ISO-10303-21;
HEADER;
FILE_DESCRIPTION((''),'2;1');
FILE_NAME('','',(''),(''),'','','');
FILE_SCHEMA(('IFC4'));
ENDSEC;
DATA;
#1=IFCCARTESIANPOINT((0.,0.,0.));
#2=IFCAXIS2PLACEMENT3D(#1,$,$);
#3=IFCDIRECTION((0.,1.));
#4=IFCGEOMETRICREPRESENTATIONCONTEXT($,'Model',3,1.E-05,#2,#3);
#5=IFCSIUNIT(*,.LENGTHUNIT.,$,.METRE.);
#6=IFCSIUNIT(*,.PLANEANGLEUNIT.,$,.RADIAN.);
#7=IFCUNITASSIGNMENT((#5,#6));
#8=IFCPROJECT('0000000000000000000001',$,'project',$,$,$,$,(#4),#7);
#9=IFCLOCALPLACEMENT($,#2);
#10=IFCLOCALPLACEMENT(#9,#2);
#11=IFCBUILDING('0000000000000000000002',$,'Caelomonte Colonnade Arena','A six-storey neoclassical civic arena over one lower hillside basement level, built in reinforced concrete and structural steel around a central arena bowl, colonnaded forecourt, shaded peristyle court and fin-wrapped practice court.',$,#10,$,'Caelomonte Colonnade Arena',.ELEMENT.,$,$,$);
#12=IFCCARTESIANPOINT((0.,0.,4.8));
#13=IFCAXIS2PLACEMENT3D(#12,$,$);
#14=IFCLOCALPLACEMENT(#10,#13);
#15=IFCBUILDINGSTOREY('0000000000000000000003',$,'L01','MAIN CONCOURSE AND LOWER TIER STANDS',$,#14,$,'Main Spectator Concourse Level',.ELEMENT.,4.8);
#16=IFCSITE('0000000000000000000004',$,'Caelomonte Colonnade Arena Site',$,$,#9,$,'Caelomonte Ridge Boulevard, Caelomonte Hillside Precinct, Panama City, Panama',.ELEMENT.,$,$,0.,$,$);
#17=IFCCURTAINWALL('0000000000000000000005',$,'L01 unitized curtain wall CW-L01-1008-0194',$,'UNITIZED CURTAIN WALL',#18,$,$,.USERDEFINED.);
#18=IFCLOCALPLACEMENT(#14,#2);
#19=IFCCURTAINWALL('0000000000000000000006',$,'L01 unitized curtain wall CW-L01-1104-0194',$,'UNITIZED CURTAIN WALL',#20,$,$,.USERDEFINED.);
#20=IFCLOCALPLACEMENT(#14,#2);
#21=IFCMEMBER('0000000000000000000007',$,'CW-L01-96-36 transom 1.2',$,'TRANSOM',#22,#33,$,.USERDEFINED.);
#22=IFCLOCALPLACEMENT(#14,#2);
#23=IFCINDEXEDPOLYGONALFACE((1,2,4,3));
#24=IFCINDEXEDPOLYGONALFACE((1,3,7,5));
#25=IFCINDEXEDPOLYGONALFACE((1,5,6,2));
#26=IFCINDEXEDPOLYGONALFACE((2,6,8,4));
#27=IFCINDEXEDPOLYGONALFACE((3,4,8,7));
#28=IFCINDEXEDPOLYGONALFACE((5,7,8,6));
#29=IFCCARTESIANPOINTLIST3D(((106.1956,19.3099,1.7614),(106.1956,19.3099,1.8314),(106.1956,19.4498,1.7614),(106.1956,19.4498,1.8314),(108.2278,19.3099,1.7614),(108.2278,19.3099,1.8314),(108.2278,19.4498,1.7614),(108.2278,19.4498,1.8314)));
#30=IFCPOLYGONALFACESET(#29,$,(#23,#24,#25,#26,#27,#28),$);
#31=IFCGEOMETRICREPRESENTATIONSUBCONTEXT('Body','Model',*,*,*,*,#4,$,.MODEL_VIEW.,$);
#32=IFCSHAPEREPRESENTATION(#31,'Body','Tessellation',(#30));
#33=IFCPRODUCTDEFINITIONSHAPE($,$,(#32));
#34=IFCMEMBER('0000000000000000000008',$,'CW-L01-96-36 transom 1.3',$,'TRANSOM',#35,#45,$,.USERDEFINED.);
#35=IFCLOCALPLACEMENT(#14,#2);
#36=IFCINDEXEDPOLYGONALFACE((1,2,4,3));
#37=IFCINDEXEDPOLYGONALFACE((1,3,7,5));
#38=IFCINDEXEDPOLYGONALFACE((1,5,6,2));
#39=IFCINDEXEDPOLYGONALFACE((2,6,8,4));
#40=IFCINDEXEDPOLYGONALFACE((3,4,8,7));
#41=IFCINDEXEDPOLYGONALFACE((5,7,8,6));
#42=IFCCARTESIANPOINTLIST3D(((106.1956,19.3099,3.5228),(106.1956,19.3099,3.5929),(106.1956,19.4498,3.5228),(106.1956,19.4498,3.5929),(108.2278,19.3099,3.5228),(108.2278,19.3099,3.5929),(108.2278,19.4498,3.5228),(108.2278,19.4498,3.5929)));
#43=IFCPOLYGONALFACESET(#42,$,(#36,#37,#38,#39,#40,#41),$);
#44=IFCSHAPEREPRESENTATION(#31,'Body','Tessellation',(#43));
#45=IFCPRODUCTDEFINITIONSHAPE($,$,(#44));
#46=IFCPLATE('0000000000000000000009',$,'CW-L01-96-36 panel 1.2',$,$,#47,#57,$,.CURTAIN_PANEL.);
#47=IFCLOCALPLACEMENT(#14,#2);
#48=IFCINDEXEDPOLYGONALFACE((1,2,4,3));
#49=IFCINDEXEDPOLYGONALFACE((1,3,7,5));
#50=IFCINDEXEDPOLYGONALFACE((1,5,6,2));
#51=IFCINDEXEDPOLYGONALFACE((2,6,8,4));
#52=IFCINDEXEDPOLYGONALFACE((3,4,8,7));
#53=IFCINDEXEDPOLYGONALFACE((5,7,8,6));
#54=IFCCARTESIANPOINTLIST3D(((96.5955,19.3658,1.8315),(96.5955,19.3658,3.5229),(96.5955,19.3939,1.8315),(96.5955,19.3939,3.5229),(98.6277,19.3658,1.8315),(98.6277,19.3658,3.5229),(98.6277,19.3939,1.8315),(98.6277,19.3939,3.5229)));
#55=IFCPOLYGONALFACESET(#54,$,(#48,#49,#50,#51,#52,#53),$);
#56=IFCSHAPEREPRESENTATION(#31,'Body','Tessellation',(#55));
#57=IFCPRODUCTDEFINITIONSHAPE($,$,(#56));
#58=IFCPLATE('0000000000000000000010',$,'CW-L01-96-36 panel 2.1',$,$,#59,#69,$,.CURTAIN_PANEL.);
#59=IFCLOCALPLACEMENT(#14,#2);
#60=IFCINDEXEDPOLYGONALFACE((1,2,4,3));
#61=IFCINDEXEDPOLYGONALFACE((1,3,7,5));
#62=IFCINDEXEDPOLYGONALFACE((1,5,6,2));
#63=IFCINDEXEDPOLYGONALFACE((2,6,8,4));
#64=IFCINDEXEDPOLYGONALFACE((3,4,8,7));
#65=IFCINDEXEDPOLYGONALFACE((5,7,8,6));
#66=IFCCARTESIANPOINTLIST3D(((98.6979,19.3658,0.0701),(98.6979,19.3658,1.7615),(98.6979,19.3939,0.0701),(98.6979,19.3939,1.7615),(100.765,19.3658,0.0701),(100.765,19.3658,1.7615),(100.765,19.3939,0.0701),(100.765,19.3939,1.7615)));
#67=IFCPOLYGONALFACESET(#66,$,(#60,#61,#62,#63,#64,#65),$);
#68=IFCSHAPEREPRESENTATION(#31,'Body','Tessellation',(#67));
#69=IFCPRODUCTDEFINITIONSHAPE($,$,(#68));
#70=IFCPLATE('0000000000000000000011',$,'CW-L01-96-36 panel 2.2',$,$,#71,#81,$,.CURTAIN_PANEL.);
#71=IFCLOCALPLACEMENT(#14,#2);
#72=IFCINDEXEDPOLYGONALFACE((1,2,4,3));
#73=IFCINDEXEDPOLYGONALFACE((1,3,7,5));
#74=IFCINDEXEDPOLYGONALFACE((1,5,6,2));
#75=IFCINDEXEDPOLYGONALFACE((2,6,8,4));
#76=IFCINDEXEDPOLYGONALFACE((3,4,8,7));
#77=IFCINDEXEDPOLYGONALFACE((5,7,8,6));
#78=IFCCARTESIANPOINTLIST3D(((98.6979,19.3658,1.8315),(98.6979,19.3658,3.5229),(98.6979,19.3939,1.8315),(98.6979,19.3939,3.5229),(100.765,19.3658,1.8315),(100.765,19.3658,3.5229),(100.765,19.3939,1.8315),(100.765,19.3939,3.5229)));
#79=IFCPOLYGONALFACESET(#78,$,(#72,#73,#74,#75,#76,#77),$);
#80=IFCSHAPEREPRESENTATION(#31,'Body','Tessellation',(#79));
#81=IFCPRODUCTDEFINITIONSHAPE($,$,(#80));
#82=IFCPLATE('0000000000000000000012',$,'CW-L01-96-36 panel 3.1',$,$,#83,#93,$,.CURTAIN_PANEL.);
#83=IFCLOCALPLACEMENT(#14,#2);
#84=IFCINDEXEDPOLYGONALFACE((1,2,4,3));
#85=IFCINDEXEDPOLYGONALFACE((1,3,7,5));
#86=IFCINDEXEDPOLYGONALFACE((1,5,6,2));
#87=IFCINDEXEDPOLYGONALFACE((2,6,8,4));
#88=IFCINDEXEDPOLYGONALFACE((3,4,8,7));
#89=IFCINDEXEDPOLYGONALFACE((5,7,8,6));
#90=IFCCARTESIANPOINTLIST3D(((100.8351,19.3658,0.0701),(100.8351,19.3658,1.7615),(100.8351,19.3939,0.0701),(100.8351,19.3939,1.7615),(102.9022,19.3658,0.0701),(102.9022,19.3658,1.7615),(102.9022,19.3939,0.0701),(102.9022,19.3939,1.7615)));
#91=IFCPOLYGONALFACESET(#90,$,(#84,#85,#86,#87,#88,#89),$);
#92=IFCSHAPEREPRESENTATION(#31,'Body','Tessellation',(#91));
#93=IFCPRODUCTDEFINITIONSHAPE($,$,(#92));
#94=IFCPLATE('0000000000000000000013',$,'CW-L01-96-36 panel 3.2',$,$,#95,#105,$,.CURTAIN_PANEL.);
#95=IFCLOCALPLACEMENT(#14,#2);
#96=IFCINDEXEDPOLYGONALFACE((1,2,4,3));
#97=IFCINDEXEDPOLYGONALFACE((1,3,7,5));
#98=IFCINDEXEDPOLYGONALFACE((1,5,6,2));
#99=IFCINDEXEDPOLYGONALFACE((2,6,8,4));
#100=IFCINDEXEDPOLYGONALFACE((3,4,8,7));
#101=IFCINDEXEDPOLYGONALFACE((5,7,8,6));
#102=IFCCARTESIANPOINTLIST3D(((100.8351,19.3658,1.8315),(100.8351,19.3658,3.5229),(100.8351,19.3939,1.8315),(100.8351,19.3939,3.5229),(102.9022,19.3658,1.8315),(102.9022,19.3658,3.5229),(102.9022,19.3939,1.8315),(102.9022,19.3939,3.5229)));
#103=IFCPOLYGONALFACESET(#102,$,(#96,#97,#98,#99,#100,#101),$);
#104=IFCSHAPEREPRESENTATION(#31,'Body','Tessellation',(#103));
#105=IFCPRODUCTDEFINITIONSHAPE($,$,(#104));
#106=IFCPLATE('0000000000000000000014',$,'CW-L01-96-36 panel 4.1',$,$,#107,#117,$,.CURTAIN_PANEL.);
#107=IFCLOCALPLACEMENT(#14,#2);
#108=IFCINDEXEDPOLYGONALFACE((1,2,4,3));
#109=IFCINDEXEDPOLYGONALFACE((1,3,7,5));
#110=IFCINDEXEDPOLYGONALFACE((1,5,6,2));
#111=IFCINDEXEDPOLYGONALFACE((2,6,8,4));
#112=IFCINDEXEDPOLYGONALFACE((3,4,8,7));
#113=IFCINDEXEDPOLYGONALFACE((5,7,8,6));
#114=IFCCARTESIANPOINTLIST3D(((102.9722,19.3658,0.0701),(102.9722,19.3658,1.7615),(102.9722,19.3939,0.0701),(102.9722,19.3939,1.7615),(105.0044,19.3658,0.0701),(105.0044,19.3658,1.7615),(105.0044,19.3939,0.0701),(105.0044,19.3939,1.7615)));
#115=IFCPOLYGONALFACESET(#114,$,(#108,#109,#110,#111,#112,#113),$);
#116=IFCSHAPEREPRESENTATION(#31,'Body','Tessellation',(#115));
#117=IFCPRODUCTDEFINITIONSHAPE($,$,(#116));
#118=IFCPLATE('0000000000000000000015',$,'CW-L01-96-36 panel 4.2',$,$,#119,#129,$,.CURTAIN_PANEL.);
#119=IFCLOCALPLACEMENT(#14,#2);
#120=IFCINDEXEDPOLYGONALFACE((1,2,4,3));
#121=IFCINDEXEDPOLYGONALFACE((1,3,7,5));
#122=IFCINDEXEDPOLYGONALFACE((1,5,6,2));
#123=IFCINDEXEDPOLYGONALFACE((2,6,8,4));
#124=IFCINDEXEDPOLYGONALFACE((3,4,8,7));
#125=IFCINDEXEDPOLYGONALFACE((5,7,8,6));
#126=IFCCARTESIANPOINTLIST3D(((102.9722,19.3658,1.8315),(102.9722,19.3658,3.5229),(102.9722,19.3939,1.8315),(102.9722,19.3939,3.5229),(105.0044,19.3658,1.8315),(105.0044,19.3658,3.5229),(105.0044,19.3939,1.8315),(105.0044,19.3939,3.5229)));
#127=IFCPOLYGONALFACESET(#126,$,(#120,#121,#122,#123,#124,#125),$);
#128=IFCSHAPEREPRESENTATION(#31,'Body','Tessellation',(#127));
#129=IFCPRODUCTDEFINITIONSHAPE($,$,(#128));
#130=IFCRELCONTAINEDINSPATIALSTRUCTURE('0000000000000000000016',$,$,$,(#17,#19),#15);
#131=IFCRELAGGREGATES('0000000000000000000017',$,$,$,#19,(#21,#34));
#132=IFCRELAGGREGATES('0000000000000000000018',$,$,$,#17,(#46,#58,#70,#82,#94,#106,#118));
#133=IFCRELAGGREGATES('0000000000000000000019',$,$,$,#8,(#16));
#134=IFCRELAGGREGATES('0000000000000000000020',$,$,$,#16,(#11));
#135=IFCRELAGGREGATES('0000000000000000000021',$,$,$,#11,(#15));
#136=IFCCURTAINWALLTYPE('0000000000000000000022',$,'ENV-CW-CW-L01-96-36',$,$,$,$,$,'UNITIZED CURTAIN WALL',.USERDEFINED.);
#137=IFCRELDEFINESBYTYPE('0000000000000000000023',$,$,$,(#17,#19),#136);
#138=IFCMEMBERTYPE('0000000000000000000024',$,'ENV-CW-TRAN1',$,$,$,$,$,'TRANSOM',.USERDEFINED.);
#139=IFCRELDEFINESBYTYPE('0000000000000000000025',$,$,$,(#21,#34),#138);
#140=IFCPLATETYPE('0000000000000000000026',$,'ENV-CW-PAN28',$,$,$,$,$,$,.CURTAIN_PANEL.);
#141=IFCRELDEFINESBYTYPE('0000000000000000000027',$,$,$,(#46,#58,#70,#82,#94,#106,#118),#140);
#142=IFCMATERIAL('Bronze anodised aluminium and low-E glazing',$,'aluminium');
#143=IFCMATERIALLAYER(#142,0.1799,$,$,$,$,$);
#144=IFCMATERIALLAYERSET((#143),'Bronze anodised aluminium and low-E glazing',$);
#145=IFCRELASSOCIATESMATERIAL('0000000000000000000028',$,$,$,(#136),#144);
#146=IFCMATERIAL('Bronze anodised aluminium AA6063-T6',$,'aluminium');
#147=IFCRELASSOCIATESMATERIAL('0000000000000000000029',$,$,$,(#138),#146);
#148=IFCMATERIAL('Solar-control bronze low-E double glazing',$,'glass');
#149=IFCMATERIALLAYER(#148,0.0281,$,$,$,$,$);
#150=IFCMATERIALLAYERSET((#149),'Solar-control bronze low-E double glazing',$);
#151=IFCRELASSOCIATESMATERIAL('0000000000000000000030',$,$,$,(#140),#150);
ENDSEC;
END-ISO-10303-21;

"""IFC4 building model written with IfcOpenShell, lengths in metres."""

from ifc_helpers import new_model, si_unit, direction, frame, origin, origin_2d, place, context, subcontext, project, spatial, rectangle, extrude, material, layer, layer_set, material_profile, profile_set, type_object, element, aggregate, save


model = new_model("IFC4")

# Units and contexts
model_context = context("Model", 3, precision=1e-05, world=origin(), true_north=direction((0.0, 1.0)))
body_context = subcontext(model_context, "Body", "Model", "MODEL_VIEW")
ifc_project = project(units=[si_unit("LENGTHUNIT", "METRE"), si_unit("PLANEANGLEUNIT", "RADIAN")], contexts=[model_context])

# Site, building, storey
site_placement = place(None, origin())
site = spatial("IfcSite", under=ifc_project, at=site_placement, Name="Caelomonte Colonnade Arena Site", LongName="Caelomonte Ridge Boulevard, Caelomonte Hillside Precinct, Panama City, Panama", CompositionType="ELEMENT", RefElevation=0.0)
building_placement = place(site_placement, origin())
building = spatial("IfcBuilding", under=site, at=building_placement, Name="Caelomonte Colonnade Arena", Description="A six-storey neoclassical civic arena over one lower hillside basement level, built in reinforced concrete and structural steel around a central arena bowl, colonnaded forecourt, shaded peristyle court and fin-wrapped practice court.", LongName="Caelomonte Colonnade Arena", CompositionType="ELEMENT")
storey_placement = place(building_placement, frame((0.0, 0.0, 4.8)))
storey = spatial("IfcBuildingStorey", under=building, at=storey_placement, Name="L01", Description="MAIN CONCOURSE AND LOWER TIER STANDS", LongName="Main Spectator Concourse Level", CompositionType="ELEMENT", Elevation=4.8)

# Curtain wall
ifc_material_1 = material(Name="Bronze anodised aluminium and low-E glazing", Category="aluminium")
ifc_layer_1 = layer(ifc_material_1, 0.1799)
ifc_layer_set_1 = layer_set([ifc_layer_1], Name="Bronze anodised aluminium and low-E glazing")
curtain_wall_type = type_object("IfcCurtainWallType", Name="ENV-CW-CW-L01-96-36", ElementType="UNITIZED CURTAIN WALL", PredefinedType="USERDEFINED", material=ifc_layer_set_1)
curtain_wall_1_placement = place(storey_placement, origin())
curtain_wall_1 = element("IfcCurtainWall", 1, at=curtain_wall_1_placement, inside=storey, type_object=curtain_wall_type, Name="L01 unitized curtain wall CW-L01-1008-0194", ObjectType="UNITIZED CURTAIN WALL", PredefinedType="USERDEFINED")
ifc_material_2 = material(Name="Bronze anodised aluminium AA6063-T6", Category="aluminium")

# Curtain wall
curtain_wall_2_placement = place(storey_placement, origin())
curtain_wall_2 = element("IfcCurtainWall", 2, at=curtain_wall_2_placement, inside=storey, type_object=curtain_wall_type, Name="L01 unitized curtain wall CW-L01-1104-0194", ObjectType="UNITIZED CURTAIN WALL", PredefinedType="USERDEFINED")

# Members
ifc_material_profile_1 = material_profile(ifc_material_2, rectangle(XDim=0.0701, YDim=0.1399, at=origin_2d()), Name="CWT-70X140")
ifc_profile_set_1 = profile_set([ifc_material_profile_1], Name="Bronze anodised aluminium AA6063-T6")
member_type_1 = type_object("IfcMemberType", Name="ENV-CW-TRAN1", ElementType="TRANSOM", PredefinedType="USERDEFINED", material=ifc_profile_set_1)
member_1_placement = place(storey_placement, frame((106.1956, 19.3799, 1.7964), z_axis=(1.0, 0.0, 0.0), x_axis=(0.0, 0.0, 1.0)))
member_1 = element("IfcMember", 3, at=member_1_placement, type_object=member_type_1, Name="CW-L01-96-36 transom 1.2", ObjectType="TRANSOM", PredefinedType="USERDEFINED", context=body_context, shape_type="SweptSolid", body=[
    extrude(rectangle(XDim=0.0701, YDim=0.1399, at=origin_2d()), origin(), (0.0, 0.0, 1.0), 2.0322),
])
member_2_placement = place(storey_placement, frame((106.1956, 19.3799, 3.5579), z_axis=(1.0, 0.0, 0.0), x_axis=(0.0, 0.0, 1.0)))
member_2 = element("IfcMember", 4, at=member_2_placement, type_object=member_type_1, Name="CW-L01-96-36 transom 1.3", ObjectType="TRANSOM", PredefinedType="USERDEFINED", context=body_context, shape_type="SweptSolid", body=[
    extrude(rectangle(XDim=0.0701, YDim=0.1399, at=origin_2d()), origin(), (0.0, 0.0, 1.0), 2.0322),
])
aggregate(curtain_wall_2, [member_1, member_2])

# Plates
ifc_material_3 = material(Name="Solar-control bronze low-E double glazing", Category="glass")
ifc_layer_2 = layer(ifc_material_3, 0.0281)
ifc_layer_set_2 = layer_set([ifc_layer_2], Name="Solar-control bronze low-E double glazing")
plate_type = type_object("IfcPlateType", Name="ENV-CW-PAN28", PredefinedType="CURTAIN_PANEL", material=ifc_layer_set_2)
plate_1_placement = place(storey_placement, frame((97.6116, 19.3799, 1.8315), z_axis=(0.0, 0.0, 1.0), x_axis=(1.0, 0.0, 0.0)))
plate_1 = element("IfcPlate", 5, at=plate_1_placement, type_object=plate_type, Name="CW-L01-96-36 panel 1.2", PredefinedType="CURTAIN_PANEL", context=body_context, shape_type="SweptSolid", body=[
    extrude(rectangle(XDim=2.0322, YDim=0.0281, at=origin_2d()), origin(), (0.0, 0.0, 1.0), 1.6914),
])
plate_2_placement = place(storey_placement, frame((99.7314, 19.3799, 0.0701), z_axis=(0.0, 0.0, 1.0), x_axis=(1.0, 0.0, 0.0)))
plate_2 = element("IfcPlate", 6, at=plate_2_placement, type_object=plate_type, Name="CW-L01-96-36 panel 2.1", PredefinedType="CURTAIN_PANEL", context=body_context, shape_type="SweptSolid", body=[
    extrude(rectangle(XDim=2.0671, YDim=0.0281, at=origin_2d()), origin(), (0.0, 0.0, 1.0), 1.6914),
])
plate_3_placement = place(storey_placement, frame((99.7314, 19.3799, 1.8315), z_axis=(0.0, 0.0, 1.0), x_axis=(1.0, 0.0, 0.0)))
plate_3 = element("IfcPlate", 7, at=plate_3_placement, type_object=plate_type, Name="CW-L01-96-36 panel 2.2", PredefinedType="CURTAIN_PANEL", context=body_context, shape_type="SweptSolid", body=[
    extrude(rectangle(XDim=2.0671, YDim=0.0281, at=origin_2d()), origin(), (0.0, 0.0, 1.0), 1.6914),
])
plate_4_placement = place(storey_placement, frame((101.8687, 19.3799, 0.0701), z_axis=(0.0, 0.0, 1.0), x_axis=(1.0, 0.0, 0.0)))
plate_4 = element("IfcPlate", 8, at=plate_4_placement, type_object=plate_type, Name="CW-L01-96-36 panel 3.1", PredefinedType="CURTAIN_PANEL", context=body_context, shape_type="SweptSolid", body=[
    extrude(rectangle(XDim=2.0671, YDim=0.0281, at=origin_2d()), origin(), (0.0, 0.0, 1.0), 1.6914),
])
plate_5_placement = place(storey_placement, frame((101.8687, 19.3799, 1.8315), z_axis=(0.0, 0.0, 1.0), x_axis=(1.0, 0.0, 0.0)))
plate_5 = element("IfcPlate", 9, at=plate_5_placement, type_object=plate_type, Name="CW-L01-96-36 panel 3.2", PredefinedType="CURTAIN_PANEL", context=body_context, shape_type="SweptSolid", body=[
    extrude(rectangle(XDim=2.0671, YDim=0.0281, at=origin_2d()), origin(), (0.0, 0.0, 1.0), 1.6914),
])
plate_6_placement = place(storey_placement, frame((103.9883, 19.3799, 0.0701), z_axis=(0.0, 0.0, 1.0), x_axis=(1.0, 0.0, 0.0)))
plate_6 = element("IfcPlate", 10, at=plate_6_placement, type_object=plate_type, Name="CW-L01-96-36 panel 4.1", PredefinedType="CURTAIN_PANEL", context=body_context, shape_type="SweptSolid", body=[
    extrude(rectangle(XDim=2.0322, YDim=0.0281, at=origin_2d()), origin(), (0.0, 0.0, 1.0), 1.6914),
])
plate_7_placement = place(storey_placement, frame((103.9883, 19.3799, 1.8315), z_axis=(0.0, 0.0, 1.0), x_axis=(1.0, 0.0, 0.0)))
plate_7 = element("IfcPlate", 11, at=plate_7_placement, type_object=plate_type, Name="CW-L01-96-36 panel 4.2", PredefinedType="CURTAIN_PANEL", context=body_context, shape_type="SweptSolid", body=[
    extrude(rectangle(XDim=2.0322, YDim=0.0281, at=origin_2d()), origin(), (0.0, 0.0, 1.0), 1.6914),
])
aggregate(curtain_wall_1, [plate_1, plate_2, plate_3, plate_4, plate_5, plate_6, plate_7])

save(model, "model.ifc")
